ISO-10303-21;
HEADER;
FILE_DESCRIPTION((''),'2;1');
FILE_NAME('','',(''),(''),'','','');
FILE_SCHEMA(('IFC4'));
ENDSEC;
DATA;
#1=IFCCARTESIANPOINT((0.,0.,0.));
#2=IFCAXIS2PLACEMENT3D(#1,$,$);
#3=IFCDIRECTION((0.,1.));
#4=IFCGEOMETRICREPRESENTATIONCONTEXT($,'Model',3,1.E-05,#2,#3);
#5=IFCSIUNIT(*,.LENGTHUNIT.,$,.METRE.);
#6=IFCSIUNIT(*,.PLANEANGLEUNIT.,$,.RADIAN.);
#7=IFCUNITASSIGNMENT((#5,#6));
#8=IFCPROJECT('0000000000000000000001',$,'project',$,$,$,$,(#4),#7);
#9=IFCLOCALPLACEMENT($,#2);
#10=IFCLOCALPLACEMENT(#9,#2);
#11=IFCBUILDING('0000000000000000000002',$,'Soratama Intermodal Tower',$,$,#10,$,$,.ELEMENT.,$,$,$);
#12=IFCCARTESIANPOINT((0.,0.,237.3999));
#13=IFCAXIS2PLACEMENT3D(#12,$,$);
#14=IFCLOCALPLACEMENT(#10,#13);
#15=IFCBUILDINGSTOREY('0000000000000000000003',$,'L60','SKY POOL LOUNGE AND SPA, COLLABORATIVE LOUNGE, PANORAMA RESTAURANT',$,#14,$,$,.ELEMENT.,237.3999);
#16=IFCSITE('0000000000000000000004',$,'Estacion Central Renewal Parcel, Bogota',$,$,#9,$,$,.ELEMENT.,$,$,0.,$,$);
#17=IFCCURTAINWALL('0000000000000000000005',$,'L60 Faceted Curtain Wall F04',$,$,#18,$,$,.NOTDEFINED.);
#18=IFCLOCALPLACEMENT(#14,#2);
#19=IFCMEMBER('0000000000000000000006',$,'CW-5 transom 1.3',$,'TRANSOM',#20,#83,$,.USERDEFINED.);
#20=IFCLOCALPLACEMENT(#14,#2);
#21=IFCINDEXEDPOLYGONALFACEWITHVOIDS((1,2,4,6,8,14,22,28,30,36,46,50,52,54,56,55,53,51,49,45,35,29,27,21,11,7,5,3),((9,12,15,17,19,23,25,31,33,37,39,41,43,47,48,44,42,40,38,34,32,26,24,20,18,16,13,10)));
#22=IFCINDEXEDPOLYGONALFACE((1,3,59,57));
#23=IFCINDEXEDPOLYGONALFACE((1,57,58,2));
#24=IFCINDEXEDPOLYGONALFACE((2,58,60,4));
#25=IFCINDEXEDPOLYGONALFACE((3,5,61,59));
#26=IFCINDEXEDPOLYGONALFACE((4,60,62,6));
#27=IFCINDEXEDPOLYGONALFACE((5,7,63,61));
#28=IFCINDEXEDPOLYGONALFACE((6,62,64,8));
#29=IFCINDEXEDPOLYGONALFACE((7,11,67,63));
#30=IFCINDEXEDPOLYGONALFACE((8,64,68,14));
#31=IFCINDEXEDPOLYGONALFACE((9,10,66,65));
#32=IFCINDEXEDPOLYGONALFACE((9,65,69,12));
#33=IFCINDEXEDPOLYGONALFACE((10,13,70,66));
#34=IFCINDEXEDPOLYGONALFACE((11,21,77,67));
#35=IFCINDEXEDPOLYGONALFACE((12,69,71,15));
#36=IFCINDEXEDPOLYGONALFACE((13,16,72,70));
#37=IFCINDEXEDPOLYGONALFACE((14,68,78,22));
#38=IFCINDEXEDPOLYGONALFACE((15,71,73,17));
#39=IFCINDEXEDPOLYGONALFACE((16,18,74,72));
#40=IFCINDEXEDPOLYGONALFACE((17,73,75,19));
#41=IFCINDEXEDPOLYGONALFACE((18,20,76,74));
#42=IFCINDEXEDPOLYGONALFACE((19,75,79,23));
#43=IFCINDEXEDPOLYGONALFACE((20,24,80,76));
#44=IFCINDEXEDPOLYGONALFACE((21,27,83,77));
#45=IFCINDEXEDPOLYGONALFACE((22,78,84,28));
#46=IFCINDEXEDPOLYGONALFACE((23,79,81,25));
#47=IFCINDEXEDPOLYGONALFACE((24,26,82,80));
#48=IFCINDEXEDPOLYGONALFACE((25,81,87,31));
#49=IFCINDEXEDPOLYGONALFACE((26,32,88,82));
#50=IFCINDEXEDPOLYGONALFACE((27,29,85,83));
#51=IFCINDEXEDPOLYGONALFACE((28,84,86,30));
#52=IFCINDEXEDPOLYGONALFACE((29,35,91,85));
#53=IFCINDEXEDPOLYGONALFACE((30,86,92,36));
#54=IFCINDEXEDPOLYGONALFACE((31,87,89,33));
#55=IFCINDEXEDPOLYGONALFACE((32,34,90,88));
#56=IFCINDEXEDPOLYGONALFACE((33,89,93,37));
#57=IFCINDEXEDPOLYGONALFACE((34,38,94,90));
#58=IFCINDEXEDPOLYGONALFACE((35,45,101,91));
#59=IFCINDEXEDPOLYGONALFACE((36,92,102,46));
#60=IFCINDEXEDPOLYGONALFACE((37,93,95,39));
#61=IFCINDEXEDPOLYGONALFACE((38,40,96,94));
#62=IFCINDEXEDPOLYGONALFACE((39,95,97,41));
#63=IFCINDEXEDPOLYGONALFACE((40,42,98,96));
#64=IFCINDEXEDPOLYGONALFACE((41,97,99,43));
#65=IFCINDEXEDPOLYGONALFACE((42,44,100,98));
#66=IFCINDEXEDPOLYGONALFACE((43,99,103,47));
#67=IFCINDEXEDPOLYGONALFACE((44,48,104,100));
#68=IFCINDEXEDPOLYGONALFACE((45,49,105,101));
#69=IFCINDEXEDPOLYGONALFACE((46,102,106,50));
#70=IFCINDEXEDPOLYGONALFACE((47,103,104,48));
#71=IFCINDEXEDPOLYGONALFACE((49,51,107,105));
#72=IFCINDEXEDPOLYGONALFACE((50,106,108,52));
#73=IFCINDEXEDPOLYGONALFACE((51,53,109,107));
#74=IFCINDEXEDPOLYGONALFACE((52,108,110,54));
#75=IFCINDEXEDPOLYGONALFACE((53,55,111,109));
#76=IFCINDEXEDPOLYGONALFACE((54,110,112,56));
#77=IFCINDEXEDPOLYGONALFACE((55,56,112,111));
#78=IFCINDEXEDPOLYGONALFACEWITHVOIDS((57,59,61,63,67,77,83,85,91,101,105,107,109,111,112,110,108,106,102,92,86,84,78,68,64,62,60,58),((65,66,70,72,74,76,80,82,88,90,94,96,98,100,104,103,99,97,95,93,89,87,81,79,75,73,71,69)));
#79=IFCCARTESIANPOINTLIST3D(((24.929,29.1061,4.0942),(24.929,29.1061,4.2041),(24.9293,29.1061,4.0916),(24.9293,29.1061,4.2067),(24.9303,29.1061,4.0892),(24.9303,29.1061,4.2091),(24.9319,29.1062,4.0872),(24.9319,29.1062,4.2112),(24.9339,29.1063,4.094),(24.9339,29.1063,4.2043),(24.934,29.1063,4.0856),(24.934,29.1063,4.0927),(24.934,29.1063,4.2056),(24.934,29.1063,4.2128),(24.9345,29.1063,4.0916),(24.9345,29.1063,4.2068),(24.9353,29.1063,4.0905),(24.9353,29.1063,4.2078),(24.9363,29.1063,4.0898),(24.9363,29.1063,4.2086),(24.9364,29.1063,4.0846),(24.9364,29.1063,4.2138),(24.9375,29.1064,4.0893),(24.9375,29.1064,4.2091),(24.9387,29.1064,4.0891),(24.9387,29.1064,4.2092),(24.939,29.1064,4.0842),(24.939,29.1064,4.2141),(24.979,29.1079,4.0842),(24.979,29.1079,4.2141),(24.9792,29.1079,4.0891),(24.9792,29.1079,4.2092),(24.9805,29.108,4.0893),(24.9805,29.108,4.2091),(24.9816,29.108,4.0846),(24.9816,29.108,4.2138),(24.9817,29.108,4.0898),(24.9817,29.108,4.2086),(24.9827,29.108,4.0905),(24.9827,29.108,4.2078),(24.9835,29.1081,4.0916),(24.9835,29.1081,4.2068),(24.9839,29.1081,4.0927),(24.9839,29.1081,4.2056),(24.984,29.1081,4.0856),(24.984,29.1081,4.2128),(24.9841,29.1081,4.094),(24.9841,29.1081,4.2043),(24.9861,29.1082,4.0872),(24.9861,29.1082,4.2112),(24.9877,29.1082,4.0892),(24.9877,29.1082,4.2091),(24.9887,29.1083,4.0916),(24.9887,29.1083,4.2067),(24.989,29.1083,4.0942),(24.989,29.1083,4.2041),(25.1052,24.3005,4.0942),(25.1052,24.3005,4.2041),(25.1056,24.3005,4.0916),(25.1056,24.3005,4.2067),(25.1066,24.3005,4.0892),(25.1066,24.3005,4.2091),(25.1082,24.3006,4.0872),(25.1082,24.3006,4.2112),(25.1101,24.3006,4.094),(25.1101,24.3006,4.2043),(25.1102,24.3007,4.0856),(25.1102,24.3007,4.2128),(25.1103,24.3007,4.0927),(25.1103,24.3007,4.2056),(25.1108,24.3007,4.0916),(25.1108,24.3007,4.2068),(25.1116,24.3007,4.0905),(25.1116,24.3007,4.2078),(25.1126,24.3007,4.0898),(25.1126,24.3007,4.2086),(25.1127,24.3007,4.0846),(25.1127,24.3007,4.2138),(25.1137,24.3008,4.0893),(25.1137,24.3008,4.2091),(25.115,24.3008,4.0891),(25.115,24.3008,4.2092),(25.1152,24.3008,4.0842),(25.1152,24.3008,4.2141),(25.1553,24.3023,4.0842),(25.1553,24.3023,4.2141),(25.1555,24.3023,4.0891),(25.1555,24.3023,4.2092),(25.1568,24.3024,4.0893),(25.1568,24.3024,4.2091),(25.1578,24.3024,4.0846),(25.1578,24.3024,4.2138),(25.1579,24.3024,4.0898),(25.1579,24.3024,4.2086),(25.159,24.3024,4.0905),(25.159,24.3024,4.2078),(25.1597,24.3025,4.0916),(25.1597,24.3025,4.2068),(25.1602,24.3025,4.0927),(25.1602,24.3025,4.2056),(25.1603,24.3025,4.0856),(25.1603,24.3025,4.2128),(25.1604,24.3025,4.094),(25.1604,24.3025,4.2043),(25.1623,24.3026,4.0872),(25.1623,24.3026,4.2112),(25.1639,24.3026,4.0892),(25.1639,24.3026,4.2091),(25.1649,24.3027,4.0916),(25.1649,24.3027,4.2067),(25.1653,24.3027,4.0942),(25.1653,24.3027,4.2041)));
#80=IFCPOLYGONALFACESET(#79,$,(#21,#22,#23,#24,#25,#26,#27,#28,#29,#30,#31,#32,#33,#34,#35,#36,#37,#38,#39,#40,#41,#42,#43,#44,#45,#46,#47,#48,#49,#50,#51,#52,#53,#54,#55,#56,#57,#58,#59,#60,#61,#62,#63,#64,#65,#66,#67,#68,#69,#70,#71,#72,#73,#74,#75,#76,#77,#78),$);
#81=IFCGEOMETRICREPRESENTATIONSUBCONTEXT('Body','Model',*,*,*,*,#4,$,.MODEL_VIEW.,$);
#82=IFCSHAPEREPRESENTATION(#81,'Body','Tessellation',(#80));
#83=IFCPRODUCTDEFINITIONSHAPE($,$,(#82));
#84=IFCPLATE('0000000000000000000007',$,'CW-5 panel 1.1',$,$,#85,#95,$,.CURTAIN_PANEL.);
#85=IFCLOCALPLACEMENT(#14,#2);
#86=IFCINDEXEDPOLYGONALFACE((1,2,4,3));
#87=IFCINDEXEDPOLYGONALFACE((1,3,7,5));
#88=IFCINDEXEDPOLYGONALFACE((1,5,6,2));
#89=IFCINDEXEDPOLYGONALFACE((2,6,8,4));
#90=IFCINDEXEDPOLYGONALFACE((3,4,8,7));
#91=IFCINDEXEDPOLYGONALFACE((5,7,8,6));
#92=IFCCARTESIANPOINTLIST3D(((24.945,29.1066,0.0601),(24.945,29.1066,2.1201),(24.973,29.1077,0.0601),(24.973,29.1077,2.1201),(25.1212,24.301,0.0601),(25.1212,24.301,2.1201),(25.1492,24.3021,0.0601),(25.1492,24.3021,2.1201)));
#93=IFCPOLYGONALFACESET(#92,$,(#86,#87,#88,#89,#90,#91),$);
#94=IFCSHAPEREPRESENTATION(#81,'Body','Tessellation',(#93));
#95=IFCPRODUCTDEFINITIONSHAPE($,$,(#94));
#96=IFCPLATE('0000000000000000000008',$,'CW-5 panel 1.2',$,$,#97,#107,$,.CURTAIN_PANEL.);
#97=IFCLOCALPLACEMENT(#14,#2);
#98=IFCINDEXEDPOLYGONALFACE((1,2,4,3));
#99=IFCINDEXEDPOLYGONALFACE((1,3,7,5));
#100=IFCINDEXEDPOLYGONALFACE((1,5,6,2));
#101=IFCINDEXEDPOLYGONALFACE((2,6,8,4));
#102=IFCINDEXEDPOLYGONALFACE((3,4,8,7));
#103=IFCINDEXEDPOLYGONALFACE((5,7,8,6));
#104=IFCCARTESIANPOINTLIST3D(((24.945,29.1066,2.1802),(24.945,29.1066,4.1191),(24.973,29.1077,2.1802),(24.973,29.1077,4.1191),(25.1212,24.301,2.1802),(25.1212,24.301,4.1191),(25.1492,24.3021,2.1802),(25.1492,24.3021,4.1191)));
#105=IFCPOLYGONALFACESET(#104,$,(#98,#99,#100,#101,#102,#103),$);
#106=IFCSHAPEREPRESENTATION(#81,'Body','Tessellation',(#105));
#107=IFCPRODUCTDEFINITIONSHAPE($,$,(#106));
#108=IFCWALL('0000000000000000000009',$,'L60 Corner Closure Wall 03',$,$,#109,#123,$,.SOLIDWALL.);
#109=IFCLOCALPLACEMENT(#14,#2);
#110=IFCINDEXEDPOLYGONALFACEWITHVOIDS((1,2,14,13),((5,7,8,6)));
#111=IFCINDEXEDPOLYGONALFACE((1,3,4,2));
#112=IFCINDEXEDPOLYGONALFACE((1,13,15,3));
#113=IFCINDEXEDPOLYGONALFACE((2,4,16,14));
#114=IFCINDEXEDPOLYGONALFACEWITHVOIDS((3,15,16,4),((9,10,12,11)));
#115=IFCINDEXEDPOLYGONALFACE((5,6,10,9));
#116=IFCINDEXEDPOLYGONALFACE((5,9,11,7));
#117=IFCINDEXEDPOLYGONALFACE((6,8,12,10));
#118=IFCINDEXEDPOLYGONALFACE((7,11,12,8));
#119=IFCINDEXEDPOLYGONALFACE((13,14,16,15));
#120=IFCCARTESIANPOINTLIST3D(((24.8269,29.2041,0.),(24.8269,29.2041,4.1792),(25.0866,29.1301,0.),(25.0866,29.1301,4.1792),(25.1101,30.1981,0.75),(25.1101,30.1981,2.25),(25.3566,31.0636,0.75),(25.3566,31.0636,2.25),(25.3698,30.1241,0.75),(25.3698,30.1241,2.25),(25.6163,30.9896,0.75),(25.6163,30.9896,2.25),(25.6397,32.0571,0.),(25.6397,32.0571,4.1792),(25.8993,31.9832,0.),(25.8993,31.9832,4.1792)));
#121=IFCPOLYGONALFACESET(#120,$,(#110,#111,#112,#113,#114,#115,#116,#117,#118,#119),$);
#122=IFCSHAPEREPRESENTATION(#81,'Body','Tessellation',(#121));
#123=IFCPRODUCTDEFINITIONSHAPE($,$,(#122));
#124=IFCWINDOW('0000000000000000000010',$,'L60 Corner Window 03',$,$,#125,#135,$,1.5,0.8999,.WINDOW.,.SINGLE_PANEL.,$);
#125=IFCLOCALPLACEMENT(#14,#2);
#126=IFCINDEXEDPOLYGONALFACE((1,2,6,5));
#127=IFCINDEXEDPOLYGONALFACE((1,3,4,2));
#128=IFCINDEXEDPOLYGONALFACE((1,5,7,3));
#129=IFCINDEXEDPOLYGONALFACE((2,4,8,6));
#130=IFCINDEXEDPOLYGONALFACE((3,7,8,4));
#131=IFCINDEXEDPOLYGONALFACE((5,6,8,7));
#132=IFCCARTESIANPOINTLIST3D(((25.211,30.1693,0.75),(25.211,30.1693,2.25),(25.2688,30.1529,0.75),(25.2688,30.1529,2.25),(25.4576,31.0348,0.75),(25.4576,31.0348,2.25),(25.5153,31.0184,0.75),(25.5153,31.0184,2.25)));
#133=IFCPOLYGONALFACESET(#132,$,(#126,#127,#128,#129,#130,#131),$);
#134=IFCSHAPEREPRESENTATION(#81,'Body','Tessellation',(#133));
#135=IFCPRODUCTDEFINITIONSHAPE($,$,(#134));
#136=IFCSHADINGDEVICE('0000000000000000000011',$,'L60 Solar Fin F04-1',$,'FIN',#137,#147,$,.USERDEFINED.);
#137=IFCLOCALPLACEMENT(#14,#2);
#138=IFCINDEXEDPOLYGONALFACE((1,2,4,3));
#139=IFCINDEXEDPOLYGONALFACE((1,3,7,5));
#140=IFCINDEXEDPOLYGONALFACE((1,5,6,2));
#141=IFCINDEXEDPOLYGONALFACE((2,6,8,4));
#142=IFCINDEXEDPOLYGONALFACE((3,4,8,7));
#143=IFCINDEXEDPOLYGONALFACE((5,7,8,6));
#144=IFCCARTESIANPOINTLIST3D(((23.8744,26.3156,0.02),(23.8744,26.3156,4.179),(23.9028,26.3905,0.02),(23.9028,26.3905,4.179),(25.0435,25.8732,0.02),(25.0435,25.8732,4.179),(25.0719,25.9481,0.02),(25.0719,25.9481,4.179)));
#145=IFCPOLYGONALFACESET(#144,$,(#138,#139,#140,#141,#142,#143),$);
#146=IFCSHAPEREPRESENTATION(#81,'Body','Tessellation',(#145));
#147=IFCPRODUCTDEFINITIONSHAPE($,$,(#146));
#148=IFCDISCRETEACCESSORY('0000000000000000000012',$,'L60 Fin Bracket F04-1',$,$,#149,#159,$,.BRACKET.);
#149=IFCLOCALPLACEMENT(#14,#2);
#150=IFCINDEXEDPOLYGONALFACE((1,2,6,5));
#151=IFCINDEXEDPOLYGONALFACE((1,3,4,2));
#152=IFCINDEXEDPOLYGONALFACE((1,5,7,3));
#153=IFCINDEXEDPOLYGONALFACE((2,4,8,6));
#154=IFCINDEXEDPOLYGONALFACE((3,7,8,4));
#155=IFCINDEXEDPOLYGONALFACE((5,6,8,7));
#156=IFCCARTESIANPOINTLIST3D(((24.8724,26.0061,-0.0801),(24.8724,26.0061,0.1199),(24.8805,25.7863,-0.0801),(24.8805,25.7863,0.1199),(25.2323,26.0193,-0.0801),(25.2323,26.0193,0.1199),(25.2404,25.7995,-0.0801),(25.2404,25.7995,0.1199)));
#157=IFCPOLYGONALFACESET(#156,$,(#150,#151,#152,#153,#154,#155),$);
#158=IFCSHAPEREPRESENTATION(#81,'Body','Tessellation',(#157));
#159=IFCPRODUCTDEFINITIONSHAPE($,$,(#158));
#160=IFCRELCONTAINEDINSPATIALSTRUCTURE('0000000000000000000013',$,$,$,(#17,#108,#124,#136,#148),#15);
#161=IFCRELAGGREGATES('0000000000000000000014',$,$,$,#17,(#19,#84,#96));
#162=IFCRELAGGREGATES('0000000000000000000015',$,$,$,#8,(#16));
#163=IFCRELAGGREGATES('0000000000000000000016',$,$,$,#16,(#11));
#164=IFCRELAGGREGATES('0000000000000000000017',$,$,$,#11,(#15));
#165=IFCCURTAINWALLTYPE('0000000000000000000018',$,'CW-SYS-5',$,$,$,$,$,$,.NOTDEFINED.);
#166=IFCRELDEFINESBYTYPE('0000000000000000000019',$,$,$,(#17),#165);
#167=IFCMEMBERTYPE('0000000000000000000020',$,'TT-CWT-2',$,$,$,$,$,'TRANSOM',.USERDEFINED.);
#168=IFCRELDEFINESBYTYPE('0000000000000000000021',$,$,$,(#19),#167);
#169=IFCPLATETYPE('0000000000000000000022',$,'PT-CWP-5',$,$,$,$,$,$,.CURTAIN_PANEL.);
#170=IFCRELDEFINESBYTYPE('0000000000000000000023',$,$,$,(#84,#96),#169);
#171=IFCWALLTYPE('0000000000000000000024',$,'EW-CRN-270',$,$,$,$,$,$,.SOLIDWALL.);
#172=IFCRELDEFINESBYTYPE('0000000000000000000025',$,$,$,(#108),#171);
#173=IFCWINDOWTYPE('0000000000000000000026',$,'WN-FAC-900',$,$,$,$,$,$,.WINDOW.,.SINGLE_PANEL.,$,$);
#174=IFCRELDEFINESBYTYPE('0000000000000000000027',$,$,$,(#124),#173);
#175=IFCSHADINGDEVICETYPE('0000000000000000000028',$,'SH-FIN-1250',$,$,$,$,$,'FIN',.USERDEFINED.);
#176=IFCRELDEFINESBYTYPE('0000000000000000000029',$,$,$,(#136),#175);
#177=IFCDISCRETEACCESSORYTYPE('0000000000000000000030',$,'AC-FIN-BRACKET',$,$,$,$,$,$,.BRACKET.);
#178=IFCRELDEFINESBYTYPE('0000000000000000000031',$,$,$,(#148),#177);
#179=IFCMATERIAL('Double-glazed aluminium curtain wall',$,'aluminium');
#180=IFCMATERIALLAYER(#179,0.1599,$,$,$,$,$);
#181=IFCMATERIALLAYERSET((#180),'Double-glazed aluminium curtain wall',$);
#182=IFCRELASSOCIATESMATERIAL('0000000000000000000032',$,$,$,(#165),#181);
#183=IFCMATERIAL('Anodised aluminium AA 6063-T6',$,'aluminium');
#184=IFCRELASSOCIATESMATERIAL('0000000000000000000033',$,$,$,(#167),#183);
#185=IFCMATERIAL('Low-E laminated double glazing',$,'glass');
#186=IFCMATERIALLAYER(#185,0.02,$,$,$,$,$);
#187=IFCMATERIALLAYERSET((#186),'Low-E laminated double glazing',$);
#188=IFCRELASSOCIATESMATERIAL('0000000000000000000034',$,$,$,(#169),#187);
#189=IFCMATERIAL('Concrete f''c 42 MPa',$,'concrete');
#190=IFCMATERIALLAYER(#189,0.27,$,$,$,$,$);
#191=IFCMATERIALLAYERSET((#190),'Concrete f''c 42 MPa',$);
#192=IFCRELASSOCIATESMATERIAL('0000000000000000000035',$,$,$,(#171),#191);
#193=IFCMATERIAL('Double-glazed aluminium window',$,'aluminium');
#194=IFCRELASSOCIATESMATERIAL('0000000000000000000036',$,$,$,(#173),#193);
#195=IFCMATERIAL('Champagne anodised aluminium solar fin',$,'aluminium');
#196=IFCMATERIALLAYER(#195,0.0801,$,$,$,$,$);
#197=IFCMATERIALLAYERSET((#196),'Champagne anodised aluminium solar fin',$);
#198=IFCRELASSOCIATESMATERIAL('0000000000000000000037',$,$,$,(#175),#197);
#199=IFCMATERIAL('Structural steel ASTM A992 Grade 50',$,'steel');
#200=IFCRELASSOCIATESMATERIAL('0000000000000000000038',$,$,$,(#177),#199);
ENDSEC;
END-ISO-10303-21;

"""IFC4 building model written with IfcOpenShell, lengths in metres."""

from ifc_helpers import new_model, si_unit, direction, frame, frame_2d, origin, origin_2d, place, context, subcontext, project, spatial, rectangle, hollow_rectangle, extrude, material, layer, layer_set, material_profile, profile_set, type_object, element, fill, aggregate, save


model = new_model("IFC4")

# Units and contexts
model_context = context("Model", 3, precision=1e-05, world=origin(), true_north=direction((0.0, 1.0)))
body_context = subcontext(model_context, "Body", "Model", "MODEL_VIEW")
ifc_project = project(units=[si_unit("LENGTHUNIT", "METRE"), si_unit("PLANEANGLEUNIT", "RADIAN")], contexts=[model_context])

# Site, building, storey
site_placement = place(None, origin())
site = spatial("IfcSite", under=ifc_project, at=site_placement, Name="Estacion Central Renewal Parcel, Bogota", CompositionType="ELEMENT", RefElevation=0.0)
building_placement = place(site_placement, origin())
building = spatial("IfcBuilding", under=site, at=building_placement, Name="Soratama Intermodal Tower", CompositionType="ELEMENT")
storey_placement = place(building_placement, frame((0.0, 0.0, 237.3999)))
storey = spatial("IfcBuildingStorey", under=building, at=storey_placement, Name="L60", Description="SKY POOL LOUNGE AND SPA, COLLABORATIVE LOUNGE, PANORAMA RESTAURANT", CompositionType="ELEMENT", Elevation=237.3999)

# Shared definitions
ifc_material_1 = material(Name="Double-glazed aluminium curtain wall", Category="aluminium")
ifc_layer_1 = layer(ifc_material_1, 0.1599)
ifc_layer_set_1 = layer_set([ifc_layer_1], Name="Double-glazed aluminium curtain wall")
curtain_wall_type = type_object("IfcCurtainWallType", Name="CW-SYS-5", PredefinedType="NOTDEFINED", material=ifc_layer_set_1)

# Curtain wall, member, plates
curtain_wall_1_placement = place(storey_placement, origin())
curtain_wall_1 = element("IfcCurtainWall", 1, at=curtain_wall_1_placement, inside=storey, type_object=curtain_wall_type, Name="L60 Faceted Curtain Wall F04", PredefinedType="NOTDEFINED")
ifc_material_2 = material(Name="Anodised aluminium AA 6063-T6", Category="aluminium")
ifc_material_profile_1 = material_profile(ifc_material_2, hollow_rectangle(XDim=0.0601, YDim=0.1299, WallThickness=0.0049, InnerFilletRadius=0.0049, OuterFilletRadius=0.01, at=origin_2d()), Name="CWT130X60X5")
ifc_profile_set_1 = profile_set([ifc_material_profile_1], Name="Anodised aluminium AA 6063-T6")
member_type_1 = type_object("IfcMemberType", Name="TT-CWT-2", ElementType="TRANSOM", PredefinedType="USERDEFINED", material=ifc_profile_set_1)
member_1_placement = place(storey_placement, frame((24.959, 29.1072, 4.1492), z_axis=(0.036655, -0.999328, 0.0), x_axis=(0.999328, 0.036655, 0.0)))
member_1 = element("IfcMember", 2, at=member_1_placement, type_object=member_type_1, Name="CW-5 transom 1.3", ObjectType="TRANSOM", PredefinedType="USERDEFINED", context=body_context, shape_type="SweptSolid", body=[
    extrude(hollow_rectangle(XDim=0.0601, YDim=0.1299, WallThickness=0.0049, InnerFilletRadius=0.0049, OuterFilletRadius=0.01, at=origin_2d()), origin(), (0.0, 0.0, 1.0), 4.8088),
])
ifc_material_3 = material(Name="Low-E laminated double glazing", Category="glass")
ifc_layer_2 = layer(ifc_material_3, 0.02)
ifc_layer_set_2 = layer_set([ifc_layer_2], Name="Low-E laminated double glazing")
plate_type = type_object("IfcPlateType", Name="PT-CWP-5", PredefinedType="CURTAIN_PANEL", material=ifc_layer_set_2)
plate_1_placement = place(storey_placement, frame((25.0471, 26.7043, 0.0601), z_axis=(0.0, 0.0, 1.0), x_axis=(0.036641, -0.999328, 0.0)))
plate_1 = element("IfcPlate", 3, at=plate_1_placement, type_object=plate_type, Name="CW-5 panel 1.1", PredefinedType="CURTAIN_PANEL", context=body_context, shape_type="SweptSolid", body=[
    extrude(rectangle(XDim=4.8088, YDim=0.0281, at=origin_2d()), origin(), (0.0, 0.0, 1.0), 2.0601),
])
plate_2_placement = place(storey_placement, frame((25.0471, 26.7043, 2.1802), z_axis=(0.0, 0.0, 1.0), x_axis=(0.036641, -0.999328, 0.0)))
plate_2 = element("IfcPlate", 4, at=plate_2_placement, type_object=plate_type, Name="CW-5 panel 1.2", PredefinedType="CURTAIN_PANEL", context=body_context, shape_type="SweptSolid", body=[
    extrude(rectangle(XDim=4.8088, YDim=0.0281, at=origin_2d()), origin(), (0.0, 0.0, 1.0), 1.939),
])
aggregate(curtain_wall_1, [member_1, plate_1, plate_2])

# Wall, opening, window
ifc_material_4 = material(Name="Concrete f'c 42 MPa", Category="concrete")
ifc_layer_3 = layer(ifc_material_4, 0.27)
ifc_layer_set_3 = layer_set([ifc_layer_3], Name="Concrete f'c 42 MPa")
wall_type_1 = type_object("IfcWallType", Name="EW-CRN-270", PredefinedType="SOLIDWALL", material=ifc_layer_set_3)
wall_1_placement = place(storey_placement, frame((25.7695, 32.0203, 0.0), z_axis=(0.0, 0.0, 1.0), x_axis=(-0.273971, -0.961738, 0.0)))
wall_1 = element("IfcWall", 5, at=wall_1_placement, inside=storey, type_object=wall_type_1, Name="L60 Corner Closure Wall 03", PredefinedType="SOLIDWALL", context=body_context, shape_type="SweptSolid", body=[
    extrude(rectangle(XDim=2.9666, YDim=0.27, at=frame_2d((1.4834, 0.0))), origin(), (0.0, 0.0, 1.0), 4.1792),
])
opening_1_placement = place(wall_1_placement, frame((1.0332, 0.0, 0.75)))
opening_1 = element("IfcOpeningElement", 6, at=opening_1_placement, cuts=wall_1, PredefinedType="OPENING", context=body_context, shape_type="SweptSolid", body=[
    extrude(rectangle(XDim=0.8999, YDim=1.5, at=frame_2d((0.45, 0.75))), frame((0.0, 0.145, 0.0), z_axis=(0.0, -1.0, 0.0), x_axis=(1.0, 0.0, 0.0)), (0.0, 0.0, 1.0), 0.29),
])
ifc_material_5 = material(Name="Double-glazed aluminium window", Category="aluminium")
window_type = type_object("IfcWindowType", Name="WN-FAC-900", PartitioningType="SINGLE_PANEL", PredefinedType="WINDOW", material=ifc_material_5)
window_placement = place(opening_1_placement, origin())
window = element("IfcWindow", 7, at=window_placement, inside=storey, type_object=window_type, Name="L60 Corner Window 03", OverallHeight=1.5, OverallWidth=0.8999, PartitioningType="SINGLE_PANEL", PredefinedType="WINDOW", context=body_context, shape_type="SweptSolid", body=[
    extrude(rectangle(XDim=0.8999, YDim=1.5, at=frame_2d((0.45, 0.75))), frame((0.0, 0.03, 0.0), z_axis=(0.0, -1.0, 0.0), x_axis=(1.0, 0.0, 0.0)), (0.0, 0.0, 1.0), 0.0601),
])
fill(opening_1, window)

# Shading device
ifc_material_6 = material(Name="Champagne anodised aluminium solar fin", Category="aluminium")
ifc_layer_4 = layer(ifc_material_6, 0.0801)
ifc_layer_set_4 = layer_set([ifc_layer_4], Name="Champagne anodised aluminium solar fin")
shading_device_type = type_object("IfcShadingDeviceType", Name="SH-FIN-1250", ElementType="FIN", PredefinedType="USERDEFINED", material=ifc_layer_set_4)
shading_device_placement = place(storey_placement, frame((24.4731, 26.1318, 0.02), z_axis=(0.0, 0.0, 1.0), x_axis=(-0.935259, 0.353965, 0.0)))
element("IfcShadingDevice", 8, at=shading_device_placement, inside=storey, type_object=shading_device_type, Name="L60 Solar Fin F04-1", ObjectType="FIN", PredefinedType="USERDEFINED", context=body_context, shape_type="SweptSolid", body=[
    extrude(rectangle(XDim=1.25, YDim=0.0801, at=origin_2d()), origin(), (0.0, 0.0, 1.0), 4.1589),
])

# Discrete accessory
ifc_material_7 = material(Name="Structural steel ASTM A992 Grade 50", Category="steel")
discrete_accessory_type = type_object("IfcDiscreteAccessoryType", Name="AC-FIN-BRACKET", PredefinedType="BRACKET", material=ifc_material_7)
discrete_accessory_placement = place(storey_placement, frame((25.0564, 25.9028, -0.0801), z_axis=(0.0, 0.0, 1.0), x_axis=(-0.999328, -0.036644, 0.0)))
element("IfcDiscreteAccessory", 9, at=discrete_accessory_placement, inside=storey, type_object=discrete_accessory_type, Name="L60 Fin Bracket F04-1", PredefinedType="BRACKET", context=body_context, shape_type="SweptSolid", body=[
    extrude(rectangle(XDim=0.3601, YDim=0.22, at=origin_2d()), origin(), (0.0, 0.0, 1.0), 0.2),
])

save(model, "model.ifc")
